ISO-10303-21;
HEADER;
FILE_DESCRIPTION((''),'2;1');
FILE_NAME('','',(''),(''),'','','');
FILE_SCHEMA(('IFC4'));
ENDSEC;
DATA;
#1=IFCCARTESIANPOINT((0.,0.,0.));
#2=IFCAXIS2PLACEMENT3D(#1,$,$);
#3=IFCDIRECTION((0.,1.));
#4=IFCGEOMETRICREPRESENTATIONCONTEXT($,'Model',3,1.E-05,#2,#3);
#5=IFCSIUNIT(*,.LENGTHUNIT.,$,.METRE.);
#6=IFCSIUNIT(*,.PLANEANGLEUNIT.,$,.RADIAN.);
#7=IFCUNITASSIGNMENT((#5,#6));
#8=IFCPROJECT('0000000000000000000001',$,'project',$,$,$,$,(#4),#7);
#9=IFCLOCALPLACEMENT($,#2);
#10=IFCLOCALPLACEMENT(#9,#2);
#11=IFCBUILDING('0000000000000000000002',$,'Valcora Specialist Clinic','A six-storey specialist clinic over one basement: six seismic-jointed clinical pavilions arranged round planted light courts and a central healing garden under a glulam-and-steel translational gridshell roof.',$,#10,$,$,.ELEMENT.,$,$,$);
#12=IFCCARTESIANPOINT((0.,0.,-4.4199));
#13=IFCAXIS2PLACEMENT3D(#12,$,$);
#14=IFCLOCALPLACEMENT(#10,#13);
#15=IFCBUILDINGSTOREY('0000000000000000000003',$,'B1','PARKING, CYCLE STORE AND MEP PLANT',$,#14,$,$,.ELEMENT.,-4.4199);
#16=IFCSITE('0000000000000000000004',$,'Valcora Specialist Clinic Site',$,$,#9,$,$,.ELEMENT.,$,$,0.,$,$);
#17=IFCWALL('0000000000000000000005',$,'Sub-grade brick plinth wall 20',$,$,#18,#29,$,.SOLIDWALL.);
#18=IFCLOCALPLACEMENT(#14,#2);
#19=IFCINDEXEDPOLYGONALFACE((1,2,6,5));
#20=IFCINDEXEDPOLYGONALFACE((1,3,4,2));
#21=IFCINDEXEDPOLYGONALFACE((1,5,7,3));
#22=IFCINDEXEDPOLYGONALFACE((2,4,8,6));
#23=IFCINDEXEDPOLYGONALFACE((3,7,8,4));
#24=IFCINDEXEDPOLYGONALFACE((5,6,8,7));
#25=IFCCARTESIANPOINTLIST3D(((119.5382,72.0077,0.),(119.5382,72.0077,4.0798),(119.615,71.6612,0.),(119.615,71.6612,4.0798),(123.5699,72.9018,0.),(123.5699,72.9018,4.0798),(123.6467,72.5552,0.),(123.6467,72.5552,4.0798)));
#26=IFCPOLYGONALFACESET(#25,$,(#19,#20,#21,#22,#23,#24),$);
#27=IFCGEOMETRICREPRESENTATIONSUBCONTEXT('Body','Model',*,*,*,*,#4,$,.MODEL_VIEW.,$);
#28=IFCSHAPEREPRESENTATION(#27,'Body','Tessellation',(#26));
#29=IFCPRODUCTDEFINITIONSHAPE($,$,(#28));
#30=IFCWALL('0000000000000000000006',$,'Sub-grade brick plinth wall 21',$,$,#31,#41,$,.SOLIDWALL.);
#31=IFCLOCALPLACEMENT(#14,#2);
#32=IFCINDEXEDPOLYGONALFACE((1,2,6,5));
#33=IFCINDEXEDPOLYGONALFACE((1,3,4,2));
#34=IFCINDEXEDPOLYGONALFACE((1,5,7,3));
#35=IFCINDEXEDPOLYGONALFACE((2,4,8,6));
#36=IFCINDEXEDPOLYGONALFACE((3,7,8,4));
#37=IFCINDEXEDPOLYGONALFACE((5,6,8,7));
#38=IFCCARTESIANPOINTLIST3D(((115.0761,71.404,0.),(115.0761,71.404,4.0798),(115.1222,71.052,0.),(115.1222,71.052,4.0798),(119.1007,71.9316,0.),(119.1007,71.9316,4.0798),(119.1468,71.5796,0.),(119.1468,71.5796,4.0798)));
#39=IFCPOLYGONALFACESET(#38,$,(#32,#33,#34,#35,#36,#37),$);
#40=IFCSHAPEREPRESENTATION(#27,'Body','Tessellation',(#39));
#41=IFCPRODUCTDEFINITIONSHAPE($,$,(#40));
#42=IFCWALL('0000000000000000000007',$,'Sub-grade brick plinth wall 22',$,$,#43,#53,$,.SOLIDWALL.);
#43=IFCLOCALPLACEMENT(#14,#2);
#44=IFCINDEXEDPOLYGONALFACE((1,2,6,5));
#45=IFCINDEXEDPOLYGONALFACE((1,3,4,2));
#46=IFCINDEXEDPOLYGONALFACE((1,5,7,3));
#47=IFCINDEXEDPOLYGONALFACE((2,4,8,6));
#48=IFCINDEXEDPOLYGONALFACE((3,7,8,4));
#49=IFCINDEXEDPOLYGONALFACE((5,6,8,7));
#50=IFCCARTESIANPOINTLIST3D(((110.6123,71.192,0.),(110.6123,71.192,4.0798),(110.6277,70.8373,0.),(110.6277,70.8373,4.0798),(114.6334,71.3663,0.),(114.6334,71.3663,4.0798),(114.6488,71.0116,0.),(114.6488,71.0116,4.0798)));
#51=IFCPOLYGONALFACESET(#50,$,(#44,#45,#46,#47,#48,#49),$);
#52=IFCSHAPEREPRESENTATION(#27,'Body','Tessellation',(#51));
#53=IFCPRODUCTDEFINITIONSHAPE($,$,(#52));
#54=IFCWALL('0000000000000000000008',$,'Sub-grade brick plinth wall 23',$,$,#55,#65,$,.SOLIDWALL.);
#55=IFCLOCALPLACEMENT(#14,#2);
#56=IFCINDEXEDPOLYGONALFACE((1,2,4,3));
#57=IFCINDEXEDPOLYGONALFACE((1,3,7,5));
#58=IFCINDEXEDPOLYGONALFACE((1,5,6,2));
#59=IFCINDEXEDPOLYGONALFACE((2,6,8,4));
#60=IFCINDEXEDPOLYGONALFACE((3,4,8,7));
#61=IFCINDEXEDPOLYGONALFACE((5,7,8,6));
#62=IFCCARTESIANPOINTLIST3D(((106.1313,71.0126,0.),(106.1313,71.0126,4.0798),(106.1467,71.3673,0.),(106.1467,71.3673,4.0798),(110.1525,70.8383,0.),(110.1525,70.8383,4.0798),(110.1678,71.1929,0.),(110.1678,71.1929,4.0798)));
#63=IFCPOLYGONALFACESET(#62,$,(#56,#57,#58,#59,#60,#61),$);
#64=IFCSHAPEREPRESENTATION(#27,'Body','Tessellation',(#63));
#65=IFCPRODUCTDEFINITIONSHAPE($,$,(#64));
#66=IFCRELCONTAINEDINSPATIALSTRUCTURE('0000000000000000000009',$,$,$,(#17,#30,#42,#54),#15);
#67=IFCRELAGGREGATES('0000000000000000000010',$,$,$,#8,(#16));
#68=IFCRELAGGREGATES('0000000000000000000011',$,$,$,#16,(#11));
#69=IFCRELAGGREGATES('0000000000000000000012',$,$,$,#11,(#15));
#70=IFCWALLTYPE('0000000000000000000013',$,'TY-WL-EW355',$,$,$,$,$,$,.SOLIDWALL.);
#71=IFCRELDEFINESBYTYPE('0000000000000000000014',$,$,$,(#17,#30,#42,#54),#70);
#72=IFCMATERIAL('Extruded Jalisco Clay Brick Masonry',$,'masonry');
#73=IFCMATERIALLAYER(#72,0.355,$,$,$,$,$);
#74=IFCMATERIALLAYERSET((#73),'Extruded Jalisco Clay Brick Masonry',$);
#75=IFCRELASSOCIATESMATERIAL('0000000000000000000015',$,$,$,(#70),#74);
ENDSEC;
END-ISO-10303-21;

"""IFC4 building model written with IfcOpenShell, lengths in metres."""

from ifc_helpers import new_model, si_unit, direction, frame, frame_2d, origin, place, context, subcontext, project, spatial, rectangle, extrude, material, layer, layer_set, type_object, element, save


model = new_model("IFC4")

# Units and contexts
model_context = context("Model", 3, precision=1e-05, world=origin(), true_north=direction((0.0, 1.0)))
body_context = subcontext(model_context, "Body", "Model", "MODEL_VIEW")
ifc_project = project(units=[si_unit("LENGTHUNIT", "METRE"), si_unit("PLANEANGLEUNIT", "RADIAN")], contexts=[model_context])

# Site, building, storey
site_placement = place(None, origin())
site = spatial("IfcSite", under=ifc_project, at=site_placement, Name="Valcora Specialist Clinic Site", CompositionType="ELEMENT", RefElevation=0.0)
building_placement = place(site_placement, origin())
building = spatial("IfcBuilding", under=site, at=building_placement, Name="Valcora Specialist Clinic", Description="A six-storey specialist clinic over one basement: six seismic-jointed clinical pavilions arranged round planted light courts and a central healing garden under a glulam-and-steel translational gridshell roof.", CompositionType="ELEMENT")
storey_placement = place(building_placement, frame((0.0, 0.0, -4.4199)))
storey = spatial("IfcBuildingStorey", under=building, at=storey_placement, Name="B1", Description="PARKING, CYCLE STORE AND MEP PLANT", CompositionType="ELEMENT", Elevation=-4.4199)

# Walls
ifc_material_1 = material(Name="Extruded Jalisco Clay Brick Masonry", Category="masonry")
ifc_layer = layer(ifc_material_1, 0.355)
ifc_layer_set = layer_set([ifc_layer], Name="Extruded Jalisco Clay Brick Masonry")
wall_type = type_object("IfcWallType", Name="TY-WL-EW355", PredefinedType="SOLIDWALL", material=ifc_layer_set)
wall_1_placement = place(storey_placement, frame((123.6084, 72.7285, 0.0), z_axis=(0.0, 0.0, 1.0), x_axis=(-0.976284, -0.216492, 0.0)))
element("IfcWall", 1, at=wall_1_placement, inside=storey, type_object=wall_type, Name="Sub-grade brick plinth wall 20", PredefinedType="SOLIDWALL", context=body_context, shape_type="SweptSolid", body=[
    extrude(rectangle(XDim=4.1296, YDim=0.355, at=frame_2d((2.0649, 0.0))), origin(), (0.0, 0.0, 1.0), 4.0798),
])
wall_2_placement = place(storey_placement, frame((119.1238, 71.7556, 0.0), z_axis=(0.0, 0.0, 1.0), x_axis=(-0.991517, -0.129977, 0.0)))
element("IfcWall", 2, at=wall_2_placement, inside=storey, type_object=wall_type, Name="Sub-grade brick plinth wall 21", PredefinedType="SOLIDWALL", context=body_context, shape_type="SweptSolid", body=[
    extrude(rectangle(XDim=4.0591, YDim=0.355, at=frame_2d((2.0295, 0.0))), origin(), (0.0, 0.0, 1.0), 4.0798),
])
for number, where, z_axis, x_axis, name in (
    (3, (114.6411, 71.189, 0.0), (0.0, 0.0, 1.0), (-0.999062, -0.043308, 0.0), "Sub-grade brick plinth wall 22"),
    (4, (110.1602, 71.0156, 0.0), (0.0, 0.0, 1.0), (-0.999062, 0.043308, 0.0), "Sub-grade brick plinth wall 23"),
):
    element("IfcWall", number, at=place(storey_placement, frame(where, z_axis=z_axis, x_axis=x_axis)), inside=storey, type_object=wall_type, Name=name, PredefinedType="SOLIDWALL", context=body_context, shape_type="SweptSolid", body=[
        extrude(rectangle(XDim=4.0249, YDim=0.355, at=frame_2d((2.0125, 0.0))), origin(), (0.0, 0.0, 1.0), 4.0798),
    ])

save(model, "model.ifc")
